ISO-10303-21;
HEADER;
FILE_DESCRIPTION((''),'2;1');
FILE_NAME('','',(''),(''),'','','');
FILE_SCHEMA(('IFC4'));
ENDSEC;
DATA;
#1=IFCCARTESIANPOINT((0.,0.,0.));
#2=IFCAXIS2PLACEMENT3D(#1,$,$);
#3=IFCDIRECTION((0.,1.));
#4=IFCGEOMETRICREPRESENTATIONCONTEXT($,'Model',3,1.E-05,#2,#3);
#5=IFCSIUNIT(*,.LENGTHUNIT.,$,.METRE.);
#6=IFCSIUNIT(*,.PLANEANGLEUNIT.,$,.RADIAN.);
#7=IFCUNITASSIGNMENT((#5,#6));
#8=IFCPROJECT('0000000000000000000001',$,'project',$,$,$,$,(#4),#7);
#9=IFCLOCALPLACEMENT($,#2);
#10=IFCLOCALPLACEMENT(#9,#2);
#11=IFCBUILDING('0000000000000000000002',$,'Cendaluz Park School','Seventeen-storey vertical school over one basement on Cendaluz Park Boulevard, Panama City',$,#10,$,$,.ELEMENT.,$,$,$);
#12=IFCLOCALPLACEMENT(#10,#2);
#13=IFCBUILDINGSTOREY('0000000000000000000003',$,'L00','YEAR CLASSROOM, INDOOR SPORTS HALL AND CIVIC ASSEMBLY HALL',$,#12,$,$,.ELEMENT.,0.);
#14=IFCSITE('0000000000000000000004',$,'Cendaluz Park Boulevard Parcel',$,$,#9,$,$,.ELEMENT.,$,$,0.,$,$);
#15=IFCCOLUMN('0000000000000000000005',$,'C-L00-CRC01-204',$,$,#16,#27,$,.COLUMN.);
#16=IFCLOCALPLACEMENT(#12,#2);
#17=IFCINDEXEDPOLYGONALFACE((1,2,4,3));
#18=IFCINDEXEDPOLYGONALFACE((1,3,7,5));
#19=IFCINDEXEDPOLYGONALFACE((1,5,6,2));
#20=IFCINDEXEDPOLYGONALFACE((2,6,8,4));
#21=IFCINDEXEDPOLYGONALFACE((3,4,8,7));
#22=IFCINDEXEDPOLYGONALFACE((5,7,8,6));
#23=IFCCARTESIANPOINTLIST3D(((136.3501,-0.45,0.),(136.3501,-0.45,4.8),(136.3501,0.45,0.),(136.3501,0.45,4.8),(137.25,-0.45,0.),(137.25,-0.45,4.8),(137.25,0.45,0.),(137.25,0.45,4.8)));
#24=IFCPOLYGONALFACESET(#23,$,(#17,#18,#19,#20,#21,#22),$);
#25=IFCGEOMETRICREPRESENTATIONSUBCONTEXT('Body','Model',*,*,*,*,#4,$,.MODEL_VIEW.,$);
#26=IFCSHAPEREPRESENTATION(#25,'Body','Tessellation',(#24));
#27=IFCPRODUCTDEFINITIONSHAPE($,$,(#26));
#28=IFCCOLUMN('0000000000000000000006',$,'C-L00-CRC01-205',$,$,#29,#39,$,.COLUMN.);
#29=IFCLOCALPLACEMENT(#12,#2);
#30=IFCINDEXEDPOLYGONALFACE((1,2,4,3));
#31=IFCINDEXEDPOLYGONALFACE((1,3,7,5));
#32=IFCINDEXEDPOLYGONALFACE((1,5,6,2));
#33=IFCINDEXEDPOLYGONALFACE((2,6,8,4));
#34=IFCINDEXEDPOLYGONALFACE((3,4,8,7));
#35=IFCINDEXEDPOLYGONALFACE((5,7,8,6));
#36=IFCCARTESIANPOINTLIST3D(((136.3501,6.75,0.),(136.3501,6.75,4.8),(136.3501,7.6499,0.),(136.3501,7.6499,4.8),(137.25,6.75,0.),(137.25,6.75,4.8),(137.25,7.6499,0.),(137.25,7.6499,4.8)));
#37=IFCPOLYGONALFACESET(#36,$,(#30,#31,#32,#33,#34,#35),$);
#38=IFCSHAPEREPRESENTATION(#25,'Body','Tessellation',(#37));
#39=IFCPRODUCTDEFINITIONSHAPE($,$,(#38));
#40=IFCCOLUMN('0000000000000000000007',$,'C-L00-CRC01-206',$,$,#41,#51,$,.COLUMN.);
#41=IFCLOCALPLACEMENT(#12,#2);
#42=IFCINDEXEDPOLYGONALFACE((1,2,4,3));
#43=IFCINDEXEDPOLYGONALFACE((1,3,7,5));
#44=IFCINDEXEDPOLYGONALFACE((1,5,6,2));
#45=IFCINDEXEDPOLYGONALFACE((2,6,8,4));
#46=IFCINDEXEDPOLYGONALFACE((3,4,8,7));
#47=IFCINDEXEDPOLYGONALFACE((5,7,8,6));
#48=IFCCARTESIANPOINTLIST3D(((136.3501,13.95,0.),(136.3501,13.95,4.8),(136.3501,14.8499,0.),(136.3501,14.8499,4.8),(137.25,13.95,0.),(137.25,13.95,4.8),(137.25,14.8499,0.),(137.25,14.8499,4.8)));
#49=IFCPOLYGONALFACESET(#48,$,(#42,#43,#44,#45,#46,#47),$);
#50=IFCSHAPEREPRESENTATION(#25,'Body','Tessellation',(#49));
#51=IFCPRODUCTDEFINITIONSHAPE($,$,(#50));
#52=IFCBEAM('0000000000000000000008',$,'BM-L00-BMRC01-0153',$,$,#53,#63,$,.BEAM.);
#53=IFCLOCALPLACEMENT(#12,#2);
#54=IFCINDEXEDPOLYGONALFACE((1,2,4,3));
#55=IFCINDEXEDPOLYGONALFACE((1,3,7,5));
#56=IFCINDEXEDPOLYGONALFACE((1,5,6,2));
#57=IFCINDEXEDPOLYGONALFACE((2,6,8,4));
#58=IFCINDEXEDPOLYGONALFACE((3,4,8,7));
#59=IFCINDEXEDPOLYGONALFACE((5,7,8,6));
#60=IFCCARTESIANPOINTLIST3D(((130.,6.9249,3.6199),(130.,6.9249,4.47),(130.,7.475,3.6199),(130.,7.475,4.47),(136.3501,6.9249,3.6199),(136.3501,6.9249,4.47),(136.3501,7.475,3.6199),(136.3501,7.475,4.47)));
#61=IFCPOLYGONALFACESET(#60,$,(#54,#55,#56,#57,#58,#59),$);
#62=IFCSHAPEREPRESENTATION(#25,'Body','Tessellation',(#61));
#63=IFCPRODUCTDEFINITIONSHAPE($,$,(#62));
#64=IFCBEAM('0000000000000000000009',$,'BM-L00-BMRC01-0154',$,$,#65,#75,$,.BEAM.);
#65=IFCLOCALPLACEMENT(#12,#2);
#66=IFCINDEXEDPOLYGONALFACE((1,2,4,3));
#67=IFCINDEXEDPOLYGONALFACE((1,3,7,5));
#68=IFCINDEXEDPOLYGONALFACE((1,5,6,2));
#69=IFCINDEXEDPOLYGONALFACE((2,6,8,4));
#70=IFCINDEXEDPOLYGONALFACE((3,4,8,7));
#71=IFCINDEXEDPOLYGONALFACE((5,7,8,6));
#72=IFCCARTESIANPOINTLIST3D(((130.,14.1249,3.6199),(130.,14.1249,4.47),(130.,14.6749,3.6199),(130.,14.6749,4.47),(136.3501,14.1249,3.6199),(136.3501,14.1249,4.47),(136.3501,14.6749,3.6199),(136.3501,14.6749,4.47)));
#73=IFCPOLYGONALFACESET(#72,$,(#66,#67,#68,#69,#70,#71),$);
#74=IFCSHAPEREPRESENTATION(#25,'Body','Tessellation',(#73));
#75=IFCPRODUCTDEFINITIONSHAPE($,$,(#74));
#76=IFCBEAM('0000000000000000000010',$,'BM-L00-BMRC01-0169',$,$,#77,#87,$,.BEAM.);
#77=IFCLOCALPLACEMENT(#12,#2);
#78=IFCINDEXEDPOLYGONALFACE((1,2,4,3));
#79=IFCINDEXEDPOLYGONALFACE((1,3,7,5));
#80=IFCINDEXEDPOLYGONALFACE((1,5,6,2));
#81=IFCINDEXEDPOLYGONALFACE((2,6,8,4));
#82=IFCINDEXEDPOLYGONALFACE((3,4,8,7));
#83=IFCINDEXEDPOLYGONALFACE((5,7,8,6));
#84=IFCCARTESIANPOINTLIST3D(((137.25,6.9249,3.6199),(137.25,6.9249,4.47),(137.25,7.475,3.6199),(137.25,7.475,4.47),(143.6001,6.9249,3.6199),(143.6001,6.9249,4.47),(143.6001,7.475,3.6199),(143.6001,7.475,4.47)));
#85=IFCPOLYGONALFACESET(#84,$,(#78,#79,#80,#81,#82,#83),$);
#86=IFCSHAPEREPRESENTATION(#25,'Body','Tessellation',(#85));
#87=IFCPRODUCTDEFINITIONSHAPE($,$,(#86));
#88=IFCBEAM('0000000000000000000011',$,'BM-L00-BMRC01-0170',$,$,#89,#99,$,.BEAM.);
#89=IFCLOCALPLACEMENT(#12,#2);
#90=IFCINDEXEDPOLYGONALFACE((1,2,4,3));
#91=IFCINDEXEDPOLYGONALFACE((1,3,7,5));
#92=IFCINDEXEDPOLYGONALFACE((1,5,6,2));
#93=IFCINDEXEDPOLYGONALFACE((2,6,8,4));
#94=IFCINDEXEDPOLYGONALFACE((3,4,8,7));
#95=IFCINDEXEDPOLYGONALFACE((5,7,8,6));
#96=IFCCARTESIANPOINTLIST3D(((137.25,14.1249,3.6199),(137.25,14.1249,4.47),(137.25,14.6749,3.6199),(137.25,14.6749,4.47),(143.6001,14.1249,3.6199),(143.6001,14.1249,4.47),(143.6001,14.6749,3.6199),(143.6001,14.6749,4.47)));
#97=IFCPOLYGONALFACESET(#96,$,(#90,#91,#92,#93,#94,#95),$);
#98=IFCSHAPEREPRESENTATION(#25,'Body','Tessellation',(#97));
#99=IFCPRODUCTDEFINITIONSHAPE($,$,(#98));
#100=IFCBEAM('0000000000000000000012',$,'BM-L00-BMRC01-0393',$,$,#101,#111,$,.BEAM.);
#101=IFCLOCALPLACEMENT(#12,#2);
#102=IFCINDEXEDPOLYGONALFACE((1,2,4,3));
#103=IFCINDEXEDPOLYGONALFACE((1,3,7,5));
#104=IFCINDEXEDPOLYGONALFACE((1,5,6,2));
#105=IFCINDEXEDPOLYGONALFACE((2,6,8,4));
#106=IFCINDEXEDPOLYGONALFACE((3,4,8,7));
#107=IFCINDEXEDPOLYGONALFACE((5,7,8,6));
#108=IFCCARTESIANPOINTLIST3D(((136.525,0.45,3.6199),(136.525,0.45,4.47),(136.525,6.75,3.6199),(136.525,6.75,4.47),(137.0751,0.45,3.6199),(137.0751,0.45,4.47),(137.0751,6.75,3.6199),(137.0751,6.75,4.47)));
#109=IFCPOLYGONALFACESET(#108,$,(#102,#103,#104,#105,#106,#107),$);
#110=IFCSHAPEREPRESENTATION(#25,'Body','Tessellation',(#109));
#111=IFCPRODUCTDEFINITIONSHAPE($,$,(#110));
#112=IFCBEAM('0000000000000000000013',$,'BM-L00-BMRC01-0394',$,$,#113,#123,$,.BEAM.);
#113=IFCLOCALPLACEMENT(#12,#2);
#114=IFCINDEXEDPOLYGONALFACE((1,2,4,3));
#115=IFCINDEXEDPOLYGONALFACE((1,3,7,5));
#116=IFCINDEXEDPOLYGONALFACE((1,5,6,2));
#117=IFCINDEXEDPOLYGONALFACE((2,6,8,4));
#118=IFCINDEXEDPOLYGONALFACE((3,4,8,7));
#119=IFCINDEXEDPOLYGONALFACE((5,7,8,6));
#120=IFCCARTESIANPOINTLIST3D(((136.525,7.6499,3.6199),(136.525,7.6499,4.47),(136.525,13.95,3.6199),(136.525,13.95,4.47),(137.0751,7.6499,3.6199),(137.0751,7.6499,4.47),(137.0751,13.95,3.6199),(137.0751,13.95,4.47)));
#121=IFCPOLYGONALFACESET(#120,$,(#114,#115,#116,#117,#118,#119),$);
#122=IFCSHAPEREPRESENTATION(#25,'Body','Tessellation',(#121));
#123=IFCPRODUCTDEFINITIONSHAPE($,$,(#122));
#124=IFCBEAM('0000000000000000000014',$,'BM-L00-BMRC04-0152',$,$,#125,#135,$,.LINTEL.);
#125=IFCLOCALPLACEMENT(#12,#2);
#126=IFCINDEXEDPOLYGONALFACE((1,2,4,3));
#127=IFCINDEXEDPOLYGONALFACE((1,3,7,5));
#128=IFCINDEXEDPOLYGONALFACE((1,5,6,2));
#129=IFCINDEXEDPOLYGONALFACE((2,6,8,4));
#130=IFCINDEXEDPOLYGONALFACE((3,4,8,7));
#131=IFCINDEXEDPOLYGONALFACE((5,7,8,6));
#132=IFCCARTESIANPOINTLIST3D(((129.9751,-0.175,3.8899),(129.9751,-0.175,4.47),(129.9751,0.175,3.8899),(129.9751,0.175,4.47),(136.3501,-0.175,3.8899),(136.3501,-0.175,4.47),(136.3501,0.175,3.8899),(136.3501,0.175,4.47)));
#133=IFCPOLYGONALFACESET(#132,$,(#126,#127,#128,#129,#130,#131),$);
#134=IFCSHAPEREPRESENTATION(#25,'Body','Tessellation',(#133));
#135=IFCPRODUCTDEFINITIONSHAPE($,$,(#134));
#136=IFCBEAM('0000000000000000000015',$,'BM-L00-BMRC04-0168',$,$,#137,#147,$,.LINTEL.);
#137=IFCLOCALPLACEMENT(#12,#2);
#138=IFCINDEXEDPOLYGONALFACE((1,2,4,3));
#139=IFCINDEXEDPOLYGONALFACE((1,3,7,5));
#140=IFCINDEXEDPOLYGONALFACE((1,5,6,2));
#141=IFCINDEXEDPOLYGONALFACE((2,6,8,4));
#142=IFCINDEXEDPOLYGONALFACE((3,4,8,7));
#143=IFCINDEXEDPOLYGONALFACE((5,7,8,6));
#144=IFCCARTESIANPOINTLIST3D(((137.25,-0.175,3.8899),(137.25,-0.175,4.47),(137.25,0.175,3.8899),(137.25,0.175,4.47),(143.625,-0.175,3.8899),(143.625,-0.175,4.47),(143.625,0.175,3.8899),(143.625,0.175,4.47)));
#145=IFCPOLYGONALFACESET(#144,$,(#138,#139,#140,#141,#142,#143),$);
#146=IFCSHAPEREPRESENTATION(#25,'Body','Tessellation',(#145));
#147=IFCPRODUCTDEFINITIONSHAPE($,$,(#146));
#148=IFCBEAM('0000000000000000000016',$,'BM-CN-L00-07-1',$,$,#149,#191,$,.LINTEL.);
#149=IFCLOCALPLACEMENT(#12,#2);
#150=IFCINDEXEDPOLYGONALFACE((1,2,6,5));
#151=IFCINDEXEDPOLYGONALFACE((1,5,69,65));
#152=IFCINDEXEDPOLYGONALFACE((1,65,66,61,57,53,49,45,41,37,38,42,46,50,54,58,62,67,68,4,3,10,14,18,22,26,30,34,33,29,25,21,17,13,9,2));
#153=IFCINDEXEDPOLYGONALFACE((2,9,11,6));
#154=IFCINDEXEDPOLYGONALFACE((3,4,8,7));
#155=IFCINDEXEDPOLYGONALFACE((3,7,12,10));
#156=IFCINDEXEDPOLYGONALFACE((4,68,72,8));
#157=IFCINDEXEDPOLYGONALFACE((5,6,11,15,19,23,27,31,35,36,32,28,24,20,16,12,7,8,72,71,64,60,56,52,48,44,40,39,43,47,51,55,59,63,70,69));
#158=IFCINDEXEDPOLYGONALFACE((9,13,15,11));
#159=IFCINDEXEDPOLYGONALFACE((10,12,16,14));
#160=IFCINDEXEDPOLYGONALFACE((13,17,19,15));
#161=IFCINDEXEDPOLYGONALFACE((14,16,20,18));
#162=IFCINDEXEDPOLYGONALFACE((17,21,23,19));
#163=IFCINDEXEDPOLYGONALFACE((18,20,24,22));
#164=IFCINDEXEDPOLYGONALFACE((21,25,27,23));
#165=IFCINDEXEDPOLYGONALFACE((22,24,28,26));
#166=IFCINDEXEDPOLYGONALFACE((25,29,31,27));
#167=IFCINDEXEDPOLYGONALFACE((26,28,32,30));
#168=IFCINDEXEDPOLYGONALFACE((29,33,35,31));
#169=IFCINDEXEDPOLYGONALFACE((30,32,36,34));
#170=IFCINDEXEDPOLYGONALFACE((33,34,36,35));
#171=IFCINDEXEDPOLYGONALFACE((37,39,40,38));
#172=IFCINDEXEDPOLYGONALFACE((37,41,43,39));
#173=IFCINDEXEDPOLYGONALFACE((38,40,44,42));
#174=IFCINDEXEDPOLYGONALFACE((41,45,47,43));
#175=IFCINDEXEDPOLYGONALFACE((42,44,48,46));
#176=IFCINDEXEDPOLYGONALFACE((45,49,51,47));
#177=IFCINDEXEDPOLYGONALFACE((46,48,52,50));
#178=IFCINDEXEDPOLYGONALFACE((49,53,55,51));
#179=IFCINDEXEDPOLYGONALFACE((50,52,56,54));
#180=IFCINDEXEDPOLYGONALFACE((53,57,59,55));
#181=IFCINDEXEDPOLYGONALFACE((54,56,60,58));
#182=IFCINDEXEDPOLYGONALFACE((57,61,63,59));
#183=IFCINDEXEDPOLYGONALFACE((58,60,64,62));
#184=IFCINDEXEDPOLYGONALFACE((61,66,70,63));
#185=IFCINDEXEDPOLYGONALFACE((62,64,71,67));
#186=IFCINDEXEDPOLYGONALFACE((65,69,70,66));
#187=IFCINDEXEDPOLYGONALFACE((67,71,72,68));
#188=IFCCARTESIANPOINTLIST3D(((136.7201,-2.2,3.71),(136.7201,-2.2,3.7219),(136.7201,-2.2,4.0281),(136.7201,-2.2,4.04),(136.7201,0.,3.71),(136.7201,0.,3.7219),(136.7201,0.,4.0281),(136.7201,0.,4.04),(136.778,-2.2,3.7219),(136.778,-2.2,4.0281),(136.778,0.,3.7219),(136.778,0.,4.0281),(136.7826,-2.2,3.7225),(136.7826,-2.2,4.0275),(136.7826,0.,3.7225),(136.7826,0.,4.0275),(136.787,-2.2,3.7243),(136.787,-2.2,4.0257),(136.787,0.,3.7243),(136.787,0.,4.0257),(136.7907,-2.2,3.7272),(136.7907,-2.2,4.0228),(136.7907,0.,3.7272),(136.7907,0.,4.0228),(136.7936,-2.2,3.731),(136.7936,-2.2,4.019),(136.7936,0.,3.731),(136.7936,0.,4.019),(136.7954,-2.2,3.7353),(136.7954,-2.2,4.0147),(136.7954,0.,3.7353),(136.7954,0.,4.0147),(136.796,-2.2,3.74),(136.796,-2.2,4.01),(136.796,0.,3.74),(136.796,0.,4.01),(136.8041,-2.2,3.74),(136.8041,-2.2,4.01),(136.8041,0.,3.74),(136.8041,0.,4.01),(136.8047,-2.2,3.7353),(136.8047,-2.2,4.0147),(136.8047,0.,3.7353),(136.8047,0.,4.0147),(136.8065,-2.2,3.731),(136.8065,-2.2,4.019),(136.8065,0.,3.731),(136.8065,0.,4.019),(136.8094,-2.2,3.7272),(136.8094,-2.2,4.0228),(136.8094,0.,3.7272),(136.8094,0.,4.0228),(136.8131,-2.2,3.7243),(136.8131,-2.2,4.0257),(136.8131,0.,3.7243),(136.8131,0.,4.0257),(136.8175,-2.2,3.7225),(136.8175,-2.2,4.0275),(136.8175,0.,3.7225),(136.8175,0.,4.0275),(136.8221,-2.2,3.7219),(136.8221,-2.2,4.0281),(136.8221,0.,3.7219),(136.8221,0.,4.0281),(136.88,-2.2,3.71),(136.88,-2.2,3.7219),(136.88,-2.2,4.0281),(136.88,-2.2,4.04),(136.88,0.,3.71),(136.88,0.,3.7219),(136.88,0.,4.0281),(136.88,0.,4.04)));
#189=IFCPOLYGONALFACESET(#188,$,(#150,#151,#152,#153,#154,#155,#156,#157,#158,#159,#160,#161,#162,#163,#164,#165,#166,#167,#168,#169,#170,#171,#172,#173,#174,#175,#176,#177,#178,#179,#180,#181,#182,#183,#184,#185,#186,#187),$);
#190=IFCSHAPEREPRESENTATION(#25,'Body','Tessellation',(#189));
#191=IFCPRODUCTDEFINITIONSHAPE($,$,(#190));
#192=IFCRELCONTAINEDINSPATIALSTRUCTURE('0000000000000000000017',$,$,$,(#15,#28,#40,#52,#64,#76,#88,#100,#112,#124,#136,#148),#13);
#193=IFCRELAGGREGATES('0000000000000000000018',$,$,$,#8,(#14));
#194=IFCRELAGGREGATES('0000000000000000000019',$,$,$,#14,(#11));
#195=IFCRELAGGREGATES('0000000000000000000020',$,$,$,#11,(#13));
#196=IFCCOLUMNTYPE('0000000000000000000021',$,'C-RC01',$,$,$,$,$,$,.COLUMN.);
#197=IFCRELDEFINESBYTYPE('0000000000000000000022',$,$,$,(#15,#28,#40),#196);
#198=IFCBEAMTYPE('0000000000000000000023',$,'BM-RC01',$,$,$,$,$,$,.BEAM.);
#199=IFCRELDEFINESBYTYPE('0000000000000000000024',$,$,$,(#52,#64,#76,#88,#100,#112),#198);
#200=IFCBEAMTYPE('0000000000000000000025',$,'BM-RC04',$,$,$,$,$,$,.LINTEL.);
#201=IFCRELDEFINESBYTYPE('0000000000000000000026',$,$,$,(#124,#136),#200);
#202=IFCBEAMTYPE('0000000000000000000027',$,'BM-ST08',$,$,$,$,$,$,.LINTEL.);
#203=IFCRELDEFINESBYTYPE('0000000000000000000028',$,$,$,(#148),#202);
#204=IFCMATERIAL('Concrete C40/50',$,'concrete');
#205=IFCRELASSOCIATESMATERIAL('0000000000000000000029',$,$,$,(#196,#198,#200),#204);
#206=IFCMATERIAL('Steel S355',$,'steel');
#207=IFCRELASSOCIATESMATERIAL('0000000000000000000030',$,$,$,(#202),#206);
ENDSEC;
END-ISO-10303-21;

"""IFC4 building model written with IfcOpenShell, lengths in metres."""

from ifc_helpers import new_model, si_unit, direction, frame, origin, origin_2d, place, context, subcontext, project, spatial, rectangle, i_section, extrude, material, material_profile, profile_set, type_object, element, save


model = new_model("IFC4")

# Units and contexts
model_context = context("Model", 3, precision=1e-05, world=origin(), true_north=direction((0.0, 1.0)))
body_context = subcontext(model_context, "Body", "Model", "MODEL_VIEW")
ifc_project = project(units=[si_unit("LENGTHUNIT", "METRE"), si_unit("PLANEANGLEUNIT", "RADIAN")], contexts=[model_context])

# Site, building, storey
site_placement = place(None, origin())
site = spatial("IfcSite", under=ifc_project, at=site_placement, Name="Cendaluz Park Boulevard Parcel", CompositionType="ELEMENT", RefElevation=0.0)
building_placement = place(site_placement, origin())
building = spatial("IfcBuilding", under=site, at=building_placement, Name="Cendaluz Park School", Description="Seventeen-storey vertical school over one basement on Cendaluz Park Boulevard, Panama City", CompositionType="ELEMENT")
storey_placement = place(building_placement, origin())
storey = spatial("IfcBuildingStorey", under=building, at=storey_placement, Name="L00", Description="YEAR CLASSROOM, INDOOR SPORTS HALL AND CIVIC ASSEMBLY HALL", CompositionType="ELEMENT", Elevation=0.0)

# Columns
ifc_material_1 = material(Name="Concrete C40/50", Category="concrete")
ifc_material_profile_1 = material_profile(ifc_material_1, rectangle(XDim=0.8999, YDim=0.8999, at=origin_2d()), Name="RC 900x900", Category="concrete")
ifc_profile_set_1 = profile_set([ifc_material_profile_1], Name="Concrete C40/50")
column_type = type_object("IfcColumnType", Name="C-RC01", PredefinedType="COLUMN", material=ifc_profile_set_1)
for number, where, z_axis, x_axis, name in (
    (1, (136.8, 0.0, 0.0), (0.0, 0.0, 1.0), (1.0, 0.0, 0.0), "C-L00-CRC01-204"),
    (2, (136.8, 7.2, 0.0), (0.0, 0.0, 1.0), (1.0, 0.0, 0.0), "C-L00-CRC01-205"),
    (3, (136.8, 14.3999, 0.0), (0.0, 0.0, 1.0), (1.0, 0.0, 0.0), "C-L00-CRC01-206"),
):
    element("IfcColumn", number, at=place(storey_placement, frame(where, z_axis=z_axis, x_axis=x_axis)), inside=storey, type_object=column_type, Name=name, PredefinedType="COLUMN", context=body_context, shape_type="SweptSolid", body=[
        extrude(rectangle(XDim=0.8999, YDim=0.8999, at=origin_2d()), origin(), (0.0, 0.0, 1.0), 4.8),
    ])

# Beams
ifc_material_profile_2 = material_profile(ifc_material_1, rectangle(XDim=0.55, YDim=0.8501, at=origin_2d()), Name="RC 550x850", Category="concrete")
ifc_profile_set_2 = profile_set([ifc_material_profile_2], Name="Concrete C40/50")
beam_type_1 = type_object("IfcBeamType", Name="BM-RC01", PredefinedType="BEAM", material=ifc_profile_set_2)
for number, where, z_axis, x_axis, name in (
    (4, (130.0, 7.2, 4.0449), (1.0, 0.0, 0.0), (0.0, 1.0, 0.0), "BM-L00-BMRC01-0153"),
    (5, (130.0, 14.3999, 4.0449), (1.0, 0.0, 0.0), (0.0, 1.0, 0.0), "BM-L00-BMRC01-0154"),
    (6, (137.25, 7.2, 4.0449), (1.0, 0.0, 0.0), (0.0, 1.0, 0.0), "BM-L00-BMRC01-0169"),
    (7, (137.25, 14.3999, 4.0449), (1.0, 0.0, 0.0), (0.0, 1.0, 0.0), "BM-L00-BMRC01-0170"),
):
    element("IfcBeam", number, at=place(storey_placement, frame(where, z_axis=z_axis, x_axis=x_axis)), inside=storey, type_object=beam_type_1, Name=name, PredefinedType="BEAM", context=body_context, shape_type="SweptSolid", body=[
        extrude(rectangle(XDim=0.55, YDim=0.8501, at=origin_2d()), origin(), (0.0, 0.0, 1.0), 6.3501),
    ])
for number, where, z_axis, x_axis, name in (
    (8, (136.8, 0.45, 4.0449), (0.0, 1.0, 0.0), (-1.0, 0.0, 0.0), "BM-L00-BMRC01-0393"),
    (9, (136.8, 7.6499, 4.0449), (0.0, 1.0, 0.0), (-1.0, 0.0, 0.0), "BM-L00-BMRC01-0394"),
):
    element("IfcBeam", number, at=place(storey_placement, frame(where, z_axis=z_axis, x_axis=x_axis)), inside=storey, type_object=beam_type_1, Name=name, PredefinedType="BEAM", context=body_context, shape_type="SweptSolid", body=[
        extrude(rectangle(XDim=0.55, YDim=0.8501, at=origin_2d()), origin(), (0.0, 0.0, 1.0), 6.3),
    ])
ifc_material_profile_3 = material_profile(ifc_material_1, rectangle(XDim=0.3501, YDim=0.5801, at=origin_2d()), Name="RC 350x580", Category="concrete")
ifc_profile_set_3 = profile_set([ifc_material_profile_3], Name="Concrete C40/50")
beam_type_2 = type_object("IfcBeamType", Name="BM-RC04", PredefinedType="LINTEL", material=ifc_profile_set_3)
for number, where, z_axis, x_axis, name in (
    (10, (129.9751, 0.0, 4.1799), (1.0, 0.0, 0.0), (0.0, 1.0, 0.0), "BM-L00-BMRC04-0152"),
    (11, (137.25, 0.0, 4.1799), (1.0, 0.0, 0.0), (0.0, 1.0, 0.0), "BM-L00-BMRC04-0168"),
):
    element("IfcBeam", number, at=place(storey_placement, frame(where, z_axis=z_axis, x_axis=x_axis)), inside=storey, type_object=beam_type_2, Name=name, PredefinedType="LINTEL", context=body_context, shape_type="SweptSolid", body=[
        extrude(rectangle(XDim=0.3501, YDim=0.5801, at=origin_2d()), origin(), (0.0, 0.0, 1.0), 6.375),
    ])
ifc_material_2 = material(Name="Steel S355", Category="steel")
ifc_material_profile_4 = material_profile(ifc_material_2, i_section(OverallWidth=0.1599, OverallDepth=0.3301, WebThickness=0.0081, FlangeThickness=0.012, FilletRadius=0.0181, at=origin_2d()), Name="IPE 330", Category="steel")
ifc_profile_set_4 = profile_set([ifc_material_profile_4], Name="Steel S355")
beam_type_3 = type_object("IfcBeamType", Name="BM-ST08", PredefinedType="LINTEL", material=ifc_profile_set_4)
beam_1_placement = place(storey_placement, frame((136.8, 0.0, 3.875), z_axis=(0.0, -1.0, 0.0), x_axis=(1.0, 0.0, 0.0)))
element("IfcBeam", 12, at=beam_1_placement, inside=storey, type_object=beam_type_3, Name="BM-CN-L00-07-1", PredefinedType="LINTEL", context=body_context, shape_type="SweptSolid", body=[
    extrude(i_section(OverallWidth=0.1599, OverallDepth=0.3301, WebThickness=0.0081, FlangeThickness=0.012, FilletRadius=0.0181, at=origin_2d()), origin(), (0.0, 0.0, 1.0), 2.2),
])

save(model, "model.ifc")
